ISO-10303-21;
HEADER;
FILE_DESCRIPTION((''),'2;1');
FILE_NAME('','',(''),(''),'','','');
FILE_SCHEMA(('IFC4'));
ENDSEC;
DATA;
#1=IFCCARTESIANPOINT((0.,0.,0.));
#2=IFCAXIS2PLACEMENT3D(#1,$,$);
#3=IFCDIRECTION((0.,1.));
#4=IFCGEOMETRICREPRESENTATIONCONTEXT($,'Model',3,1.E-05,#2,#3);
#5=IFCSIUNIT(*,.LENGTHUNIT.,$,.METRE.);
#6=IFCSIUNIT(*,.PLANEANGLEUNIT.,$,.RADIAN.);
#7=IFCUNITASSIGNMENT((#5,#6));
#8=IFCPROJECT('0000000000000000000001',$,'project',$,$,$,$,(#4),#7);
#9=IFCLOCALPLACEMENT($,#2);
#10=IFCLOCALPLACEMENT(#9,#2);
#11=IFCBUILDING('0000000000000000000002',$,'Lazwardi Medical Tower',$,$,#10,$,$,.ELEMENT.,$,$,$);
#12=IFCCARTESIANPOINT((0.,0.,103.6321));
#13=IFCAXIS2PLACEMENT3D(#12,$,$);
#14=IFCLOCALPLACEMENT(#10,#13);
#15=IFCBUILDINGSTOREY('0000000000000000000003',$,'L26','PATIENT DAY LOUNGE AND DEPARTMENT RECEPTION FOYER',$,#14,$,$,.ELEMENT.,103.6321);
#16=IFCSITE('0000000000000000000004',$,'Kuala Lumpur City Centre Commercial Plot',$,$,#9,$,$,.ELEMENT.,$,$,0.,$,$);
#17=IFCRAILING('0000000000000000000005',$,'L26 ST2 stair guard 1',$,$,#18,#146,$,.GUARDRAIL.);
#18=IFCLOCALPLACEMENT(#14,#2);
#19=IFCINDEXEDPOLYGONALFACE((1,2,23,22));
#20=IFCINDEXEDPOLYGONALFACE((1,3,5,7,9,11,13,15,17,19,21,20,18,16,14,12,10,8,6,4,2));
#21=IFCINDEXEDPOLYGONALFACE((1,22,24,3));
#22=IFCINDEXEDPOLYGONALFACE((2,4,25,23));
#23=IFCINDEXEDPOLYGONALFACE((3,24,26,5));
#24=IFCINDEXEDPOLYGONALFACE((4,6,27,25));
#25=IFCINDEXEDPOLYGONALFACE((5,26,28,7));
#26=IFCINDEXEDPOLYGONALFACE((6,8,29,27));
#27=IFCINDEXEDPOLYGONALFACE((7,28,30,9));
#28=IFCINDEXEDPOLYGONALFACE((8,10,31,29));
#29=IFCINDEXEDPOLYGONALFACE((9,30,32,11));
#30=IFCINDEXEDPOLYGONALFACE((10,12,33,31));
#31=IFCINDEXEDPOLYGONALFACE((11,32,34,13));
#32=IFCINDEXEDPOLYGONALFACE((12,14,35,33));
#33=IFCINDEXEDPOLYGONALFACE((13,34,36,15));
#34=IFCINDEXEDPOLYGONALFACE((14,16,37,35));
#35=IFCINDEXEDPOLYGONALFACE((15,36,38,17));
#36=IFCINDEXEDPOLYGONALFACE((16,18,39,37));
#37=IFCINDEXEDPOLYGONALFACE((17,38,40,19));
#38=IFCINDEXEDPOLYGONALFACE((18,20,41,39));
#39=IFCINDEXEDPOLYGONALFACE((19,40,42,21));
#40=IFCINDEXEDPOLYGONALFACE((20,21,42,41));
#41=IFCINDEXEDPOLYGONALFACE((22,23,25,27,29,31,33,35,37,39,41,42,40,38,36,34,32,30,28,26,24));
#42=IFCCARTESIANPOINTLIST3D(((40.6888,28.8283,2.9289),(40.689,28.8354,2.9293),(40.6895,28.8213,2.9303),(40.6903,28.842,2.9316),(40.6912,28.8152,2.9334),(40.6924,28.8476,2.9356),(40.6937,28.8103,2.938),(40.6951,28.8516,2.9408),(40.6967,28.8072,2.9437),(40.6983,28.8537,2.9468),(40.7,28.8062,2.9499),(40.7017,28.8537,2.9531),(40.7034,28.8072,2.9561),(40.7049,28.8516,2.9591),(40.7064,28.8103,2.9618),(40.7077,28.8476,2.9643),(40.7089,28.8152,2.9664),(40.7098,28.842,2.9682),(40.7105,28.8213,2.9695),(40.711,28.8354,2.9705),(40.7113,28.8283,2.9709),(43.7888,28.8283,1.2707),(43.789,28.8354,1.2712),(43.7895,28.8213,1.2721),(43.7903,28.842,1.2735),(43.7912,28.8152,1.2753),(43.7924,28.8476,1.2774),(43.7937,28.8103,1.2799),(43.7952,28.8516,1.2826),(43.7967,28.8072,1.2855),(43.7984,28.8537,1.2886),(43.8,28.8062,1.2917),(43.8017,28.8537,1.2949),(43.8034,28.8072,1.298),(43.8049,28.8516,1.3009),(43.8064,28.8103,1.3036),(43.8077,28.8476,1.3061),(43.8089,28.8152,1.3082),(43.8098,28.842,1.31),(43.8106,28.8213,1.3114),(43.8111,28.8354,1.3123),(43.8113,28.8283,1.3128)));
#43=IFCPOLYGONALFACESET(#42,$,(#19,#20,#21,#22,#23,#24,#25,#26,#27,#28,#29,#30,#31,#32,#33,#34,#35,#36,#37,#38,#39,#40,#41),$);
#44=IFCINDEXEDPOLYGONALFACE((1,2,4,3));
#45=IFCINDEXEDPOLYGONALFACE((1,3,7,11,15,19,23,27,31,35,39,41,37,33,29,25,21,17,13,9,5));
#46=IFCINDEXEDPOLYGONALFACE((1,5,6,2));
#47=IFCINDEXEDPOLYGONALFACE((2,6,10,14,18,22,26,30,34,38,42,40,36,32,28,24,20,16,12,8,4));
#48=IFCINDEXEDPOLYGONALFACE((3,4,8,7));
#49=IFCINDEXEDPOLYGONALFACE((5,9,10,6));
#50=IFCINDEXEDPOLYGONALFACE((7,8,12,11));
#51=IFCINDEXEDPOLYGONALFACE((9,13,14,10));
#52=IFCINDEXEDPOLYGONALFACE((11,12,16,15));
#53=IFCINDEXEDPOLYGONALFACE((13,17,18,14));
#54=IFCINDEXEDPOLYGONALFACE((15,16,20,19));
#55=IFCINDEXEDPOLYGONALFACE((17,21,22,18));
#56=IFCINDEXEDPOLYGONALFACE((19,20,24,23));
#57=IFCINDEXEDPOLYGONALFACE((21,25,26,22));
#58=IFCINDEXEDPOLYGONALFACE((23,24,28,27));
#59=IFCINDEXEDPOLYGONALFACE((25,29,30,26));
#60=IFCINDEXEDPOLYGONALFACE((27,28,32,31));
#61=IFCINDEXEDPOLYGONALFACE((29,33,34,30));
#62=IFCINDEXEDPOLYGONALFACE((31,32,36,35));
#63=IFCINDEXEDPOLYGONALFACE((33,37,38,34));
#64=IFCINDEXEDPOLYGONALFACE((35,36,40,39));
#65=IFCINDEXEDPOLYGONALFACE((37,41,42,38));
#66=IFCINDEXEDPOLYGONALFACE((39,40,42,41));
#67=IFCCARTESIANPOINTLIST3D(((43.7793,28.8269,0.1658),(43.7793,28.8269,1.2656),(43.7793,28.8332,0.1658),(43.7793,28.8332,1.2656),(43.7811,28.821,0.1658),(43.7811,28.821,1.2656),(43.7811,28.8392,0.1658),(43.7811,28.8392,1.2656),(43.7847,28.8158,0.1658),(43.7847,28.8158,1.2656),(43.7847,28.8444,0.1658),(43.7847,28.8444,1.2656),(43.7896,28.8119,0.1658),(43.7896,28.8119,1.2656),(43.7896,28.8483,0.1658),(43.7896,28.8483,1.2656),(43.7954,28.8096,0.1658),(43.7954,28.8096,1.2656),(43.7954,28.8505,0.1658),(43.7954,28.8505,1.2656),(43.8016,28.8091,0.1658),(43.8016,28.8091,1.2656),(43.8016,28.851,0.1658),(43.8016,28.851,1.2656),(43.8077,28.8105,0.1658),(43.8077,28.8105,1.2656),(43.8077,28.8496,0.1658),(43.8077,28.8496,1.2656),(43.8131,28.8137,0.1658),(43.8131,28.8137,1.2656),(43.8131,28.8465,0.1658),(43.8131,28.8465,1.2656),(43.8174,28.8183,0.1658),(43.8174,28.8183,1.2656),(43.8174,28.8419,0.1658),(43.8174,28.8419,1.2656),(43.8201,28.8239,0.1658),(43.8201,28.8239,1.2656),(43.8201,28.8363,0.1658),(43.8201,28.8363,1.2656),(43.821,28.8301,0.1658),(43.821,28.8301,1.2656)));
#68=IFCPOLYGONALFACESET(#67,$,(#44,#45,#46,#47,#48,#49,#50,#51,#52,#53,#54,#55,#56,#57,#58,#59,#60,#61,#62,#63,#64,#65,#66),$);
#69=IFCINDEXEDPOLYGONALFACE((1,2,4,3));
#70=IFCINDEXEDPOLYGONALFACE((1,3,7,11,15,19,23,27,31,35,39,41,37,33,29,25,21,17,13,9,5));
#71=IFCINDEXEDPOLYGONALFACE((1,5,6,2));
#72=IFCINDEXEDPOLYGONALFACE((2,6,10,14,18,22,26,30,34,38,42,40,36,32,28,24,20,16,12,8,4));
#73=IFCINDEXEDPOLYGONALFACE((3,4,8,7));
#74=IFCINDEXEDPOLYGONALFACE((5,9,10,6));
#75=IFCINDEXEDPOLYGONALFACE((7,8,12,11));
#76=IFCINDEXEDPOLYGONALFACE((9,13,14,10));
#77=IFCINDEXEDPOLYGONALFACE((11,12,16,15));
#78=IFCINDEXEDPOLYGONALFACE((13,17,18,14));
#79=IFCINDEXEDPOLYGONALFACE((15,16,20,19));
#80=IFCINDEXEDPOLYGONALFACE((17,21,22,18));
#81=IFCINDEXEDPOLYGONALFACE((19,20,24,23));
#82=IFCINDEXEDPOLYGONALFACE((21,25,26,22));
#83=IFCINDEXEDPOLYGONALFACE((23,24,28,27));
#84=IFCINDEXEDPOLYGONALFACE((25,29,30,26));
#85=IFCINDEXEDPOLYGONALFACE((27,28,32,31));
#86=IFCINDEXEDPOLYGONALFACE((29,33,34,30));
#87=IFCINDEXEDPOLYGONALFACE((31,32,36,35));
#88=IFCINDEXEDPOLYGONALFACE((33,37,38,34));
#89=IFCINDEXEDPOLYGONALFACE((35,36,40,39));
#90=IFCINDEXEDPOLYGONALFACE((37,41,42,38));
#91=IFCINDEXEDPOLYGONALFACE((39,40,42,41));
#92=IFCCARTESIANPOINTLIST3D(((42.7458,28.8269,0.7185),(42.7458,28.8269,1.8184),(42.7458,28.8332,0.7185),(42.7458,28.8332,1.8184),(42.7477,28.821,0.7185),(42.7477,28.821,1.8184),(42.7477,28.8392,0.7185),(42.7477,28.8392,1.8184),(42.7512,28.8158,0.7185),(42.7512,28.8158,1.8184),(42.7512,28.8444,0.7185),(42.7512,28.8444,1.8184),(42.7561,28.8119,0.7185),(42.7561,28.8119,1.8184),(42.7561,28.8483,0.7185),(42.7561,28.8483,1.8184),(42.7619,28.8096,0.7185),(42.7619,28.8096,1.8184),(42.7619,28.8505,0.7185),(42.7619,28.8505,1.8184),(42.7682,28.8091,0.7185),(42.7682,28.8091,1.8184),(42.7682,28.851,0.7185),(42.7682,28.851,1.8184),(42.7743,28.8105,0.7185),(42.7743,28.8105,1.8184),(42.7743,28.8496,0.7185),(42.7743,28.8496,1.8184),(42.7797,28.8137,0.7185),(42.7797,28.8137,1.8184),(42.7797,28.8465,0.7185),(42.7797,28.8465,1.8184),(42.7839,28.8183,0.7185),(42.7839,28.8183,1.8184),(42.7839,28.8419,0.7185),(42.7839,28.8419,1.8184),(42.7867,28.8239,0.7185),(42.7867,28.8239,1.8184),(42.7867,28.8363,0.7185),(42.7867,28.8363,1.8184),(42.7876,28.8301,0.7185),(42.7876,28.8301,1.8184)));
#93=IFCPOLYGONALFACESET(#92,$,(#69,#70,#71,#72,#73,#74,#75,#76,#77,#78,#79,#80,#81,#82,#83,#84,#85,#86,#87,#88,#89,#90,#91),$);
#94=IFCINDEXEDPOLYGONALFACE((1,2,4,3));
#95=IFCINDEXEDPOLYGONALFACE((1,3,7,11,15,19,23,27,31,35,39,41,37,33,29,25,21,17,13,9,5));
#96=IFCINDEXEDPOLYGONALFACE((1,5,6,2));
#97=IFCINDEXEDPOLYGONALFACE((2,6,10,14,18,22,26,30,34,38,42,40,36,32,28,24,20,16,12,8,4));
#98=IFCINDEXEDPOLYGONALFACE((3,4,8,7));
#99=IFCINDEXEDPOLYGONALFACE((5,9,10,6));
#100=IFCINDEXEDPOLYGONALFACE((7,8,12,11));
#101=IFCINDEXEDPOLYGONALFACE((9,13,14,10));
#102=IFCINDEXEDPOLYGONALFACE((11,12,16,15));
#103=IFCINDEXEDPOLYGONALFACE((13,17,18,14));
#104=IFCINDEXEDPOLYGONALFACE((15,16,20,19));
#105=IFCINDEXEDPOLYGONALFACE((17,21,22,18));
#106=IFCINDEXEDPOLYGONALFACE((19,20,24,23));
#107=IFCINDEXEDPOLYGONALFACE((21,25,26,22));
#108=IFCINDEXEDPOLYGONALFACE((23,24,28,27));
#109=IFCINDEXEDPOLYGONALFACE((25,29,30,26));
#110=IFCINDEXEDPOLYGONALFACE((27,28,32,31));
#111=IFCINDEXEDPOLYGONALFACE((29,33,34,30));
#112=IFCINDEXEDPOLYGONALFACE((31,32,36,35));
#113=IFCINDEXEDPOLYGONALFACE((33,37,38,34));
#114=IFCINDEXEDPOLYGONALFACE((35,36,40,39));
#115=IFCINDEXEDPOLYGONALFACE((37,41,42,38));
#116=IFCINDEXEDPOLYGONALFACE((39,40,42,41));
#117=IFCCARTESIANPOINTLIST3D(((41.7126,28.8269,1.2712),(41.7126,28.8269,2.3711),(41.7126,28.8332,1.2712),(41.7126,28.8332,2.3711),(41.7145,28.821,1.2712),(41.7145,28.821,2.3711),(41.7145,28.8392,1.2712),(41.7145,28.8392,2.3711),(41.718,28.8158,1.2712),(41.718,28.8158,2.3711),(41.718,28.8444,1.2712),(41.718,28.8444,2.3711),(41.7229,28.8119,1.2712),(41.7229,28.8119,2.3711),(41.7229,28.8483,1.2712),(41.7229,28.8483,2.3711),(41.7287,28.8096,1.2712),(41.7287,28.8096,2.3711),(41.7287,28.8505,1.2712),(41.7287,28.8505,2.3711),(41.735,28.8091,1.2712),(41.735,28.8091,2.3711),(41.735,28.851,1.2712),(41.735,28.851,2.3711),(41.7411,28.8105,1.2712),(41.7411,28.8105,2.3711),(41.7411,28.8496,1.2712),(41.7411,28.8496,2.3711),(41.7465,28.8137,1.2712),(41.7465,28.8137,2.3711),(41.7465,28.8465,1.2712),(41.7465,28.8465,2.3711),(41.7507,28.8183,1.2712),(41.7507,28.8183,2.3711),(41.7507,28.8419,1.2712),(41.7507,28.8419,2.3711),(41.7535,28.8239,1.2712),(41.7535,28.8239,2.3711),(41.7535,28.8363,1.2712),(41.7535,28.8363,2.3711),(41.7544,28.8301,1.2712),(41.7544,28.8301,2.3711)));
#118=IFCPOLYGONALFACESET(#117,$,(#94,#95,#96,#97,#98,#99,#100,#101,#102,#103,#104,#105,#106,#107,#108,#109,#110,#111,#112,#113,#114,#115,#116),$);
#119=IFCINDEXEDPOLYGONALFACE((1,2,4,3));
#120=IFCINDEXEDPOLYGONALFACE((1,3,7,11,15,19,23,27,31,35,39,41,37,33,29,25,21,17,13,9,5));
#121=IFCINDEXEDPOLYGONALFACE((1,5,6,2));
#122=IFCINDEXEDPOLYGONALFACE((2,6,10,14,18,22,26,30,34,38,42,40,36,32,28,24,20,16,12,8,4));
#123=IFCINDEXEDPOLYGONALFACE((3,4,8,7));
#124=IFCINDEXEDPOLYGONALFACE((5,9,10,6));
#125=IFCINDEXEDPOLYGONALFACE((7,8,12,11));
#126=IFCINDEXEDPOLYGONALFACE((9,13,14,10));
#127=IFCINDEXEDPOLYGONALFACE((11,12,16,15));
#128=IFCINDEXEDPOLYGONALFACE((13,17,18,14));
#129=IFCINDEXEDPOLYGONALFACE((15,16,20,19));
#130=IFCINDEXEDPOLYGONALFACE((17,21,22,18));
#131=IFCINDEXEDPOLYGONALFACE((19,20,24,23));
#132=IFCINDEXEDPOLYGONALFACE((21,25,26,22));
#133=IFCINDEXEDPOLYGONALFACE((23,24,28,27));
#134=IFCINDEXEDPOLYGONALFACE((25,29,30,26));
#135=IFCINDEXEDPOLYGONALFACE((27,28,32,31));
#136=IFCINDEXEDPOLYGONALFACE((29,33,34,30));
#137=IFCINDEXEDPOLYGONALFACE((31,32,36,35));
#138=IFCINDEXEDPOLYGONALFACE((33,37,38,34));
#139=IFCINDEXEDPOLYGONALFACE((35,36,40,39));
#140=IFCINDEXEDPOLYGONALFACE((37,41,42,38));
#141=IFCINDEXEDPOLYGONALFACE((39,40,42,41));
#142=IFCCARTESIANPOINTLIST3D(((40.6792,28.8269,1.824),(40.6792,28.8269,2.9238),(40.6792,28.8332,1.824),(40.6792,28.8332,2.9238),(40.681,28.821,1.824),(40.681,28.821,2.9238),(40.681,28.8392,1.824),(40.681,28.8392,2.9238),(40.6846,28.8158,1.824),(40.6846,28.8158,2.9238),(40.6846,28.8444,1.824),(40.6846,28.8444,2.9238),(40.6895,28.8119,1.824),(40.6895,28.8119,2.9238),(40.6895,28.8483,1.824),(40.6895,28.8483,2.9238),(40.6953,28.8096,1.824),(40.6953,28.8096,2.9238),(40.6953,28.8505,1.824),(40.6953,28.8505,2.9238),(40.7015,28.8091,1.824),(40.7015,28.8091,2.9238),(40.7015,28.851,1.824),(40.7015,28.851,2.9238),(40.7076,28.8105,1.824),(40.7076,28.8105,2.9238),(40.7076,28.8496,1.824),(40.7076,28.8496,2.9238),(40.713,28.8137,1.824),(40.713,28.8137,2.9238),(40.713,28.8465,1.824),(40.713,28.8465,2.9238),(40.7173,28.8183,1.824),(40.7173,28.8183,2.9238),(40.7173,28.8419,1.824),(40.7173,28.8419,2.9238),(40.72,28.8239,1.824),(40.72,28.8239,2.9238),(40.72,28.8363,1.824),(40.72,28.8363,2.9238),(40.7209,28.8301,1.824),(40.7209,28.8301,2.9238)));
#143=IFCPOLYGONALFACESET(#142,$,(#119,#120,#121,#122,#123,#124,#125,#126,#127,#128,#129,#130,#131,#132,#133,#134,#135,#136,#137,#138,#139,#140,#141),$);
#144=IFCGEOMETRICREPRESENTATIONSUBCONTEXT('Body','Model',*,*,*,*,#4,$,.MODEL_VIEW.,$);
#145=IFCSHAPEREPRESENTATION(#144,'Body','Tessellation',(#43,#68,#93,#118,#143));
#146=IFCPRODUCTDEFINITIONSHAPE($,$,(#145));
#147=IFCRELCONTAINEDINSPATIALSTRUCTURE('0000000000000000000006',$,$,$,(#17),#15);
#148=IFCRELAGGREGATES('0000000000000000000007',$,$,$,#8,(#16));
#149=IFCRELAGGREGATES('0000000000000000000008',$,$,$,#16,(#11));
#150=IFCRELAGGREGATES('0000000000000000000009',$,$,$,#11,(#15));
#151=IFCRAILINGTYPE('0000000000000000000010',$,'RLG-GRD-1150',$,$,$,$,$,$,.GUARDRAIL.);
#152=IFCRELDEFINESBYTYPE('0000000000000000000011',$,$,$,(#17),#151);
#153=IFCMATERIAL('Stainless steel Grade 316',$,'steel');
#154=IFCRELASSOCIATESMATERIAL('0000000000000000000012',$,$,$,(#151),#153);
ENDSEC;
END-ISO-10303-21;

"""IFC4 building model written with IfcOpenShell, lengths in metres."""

from ifc_helpers import new_model, si_unit, direction, frame, origin, origin_2d, place, context, subcontext, project, spatial, circle, extrude, material, type_object, element, save


model = new_model("IFC4")

# Units and contexts
model_context = context("Model", 3, precision=1e-05, world=origin(), true_north=direction((0.0, 1.0)))
body_context = subcontext(model_context, "Body", "Model", "MODEL_VIEW")
ifc_project = project(units=[si_unit("LENGTHUNIT", "METRE"), si_unit("PLANEANGLEUNIT", "RADIAN")], contexts=[model_context])

# Site, building, storey
site_placement = place(None, origin())
site = spatial("IfcSite", under=ifc_project, at=site_placement, Name="Kuala Lumpur City Centre Commercial Plot", CompositionType="ELEMENT", RefElevation=0.0)
building_placement = place(site_placement, origin())
building = spatial("IfcBuilding", under=site, at=building_placement, Name="Lazwardi Medical Tower", CompositionType="ELEMENT")
storey_placement = place(building_placement, frame((0.0, 0.0, 103.6321)))
storey = spatial("IfcBuildingStorey", under=building, at=storey_placement, Name="L26", Description="PATIENT DAY LOUNGE AND DEPARTMENT RECEPTION FOYER", CompositionType="ELEMENT", Elevation=103.6321)

# Railing
ifc_material_1 = material(Name="Stainless steel Grade 316", Category="steel")
railing_type_1 = type_object("IfcRailingType", Name="RLG-GRD-1150", PredefinedType="GUARDRAIL", material=ifc_material_1)
railing_1_placement = place(storey_placement, frame((43.8, 28.8301, 0.1658)))
element("IfcRailing", 1, at=railing_1_placement, inside=storey, type_object=railing_type_1, Name="L26 ST2 stair guard 1", PredefinedType="GUARDRAIL", context=body_context, shape_type="SweptSolid", body=[
    extrude(circle(Radius=0.0239, at=origin_2d()), frame((0.0, 0.0, 1.126), z_axis=(-0.881783, 0.0, 0.471655), x_axis=(0.0, -1.0, 0.0)), (0.0, 0.0, 1.0), 3.5156),
    extrude(circle(Radius=0.021, at=origin_2d()), origin(), (0.0, 0.0, 1.0), 1.0999),
    extrude(circle(Radius=0.021, at=origin_2d()), frame((-1.0334, 0.0, 0.5527)), (0.0, 0.0, 1.0), 1.0999),
    extrude(circle(Radius=0.021, at=origin_2d()), frame((-2.0667, 0.0, 1.1055)), (0.0, 0.0, 1.0), 1.0999),
    extrude(circle(Radius=0.021, at=origin_2d()), frame((-3.1001, 0.0, 1.6582)), (0.0, 0.0, 1.0), 1.0999),
])

save(model, "model.ifc")
